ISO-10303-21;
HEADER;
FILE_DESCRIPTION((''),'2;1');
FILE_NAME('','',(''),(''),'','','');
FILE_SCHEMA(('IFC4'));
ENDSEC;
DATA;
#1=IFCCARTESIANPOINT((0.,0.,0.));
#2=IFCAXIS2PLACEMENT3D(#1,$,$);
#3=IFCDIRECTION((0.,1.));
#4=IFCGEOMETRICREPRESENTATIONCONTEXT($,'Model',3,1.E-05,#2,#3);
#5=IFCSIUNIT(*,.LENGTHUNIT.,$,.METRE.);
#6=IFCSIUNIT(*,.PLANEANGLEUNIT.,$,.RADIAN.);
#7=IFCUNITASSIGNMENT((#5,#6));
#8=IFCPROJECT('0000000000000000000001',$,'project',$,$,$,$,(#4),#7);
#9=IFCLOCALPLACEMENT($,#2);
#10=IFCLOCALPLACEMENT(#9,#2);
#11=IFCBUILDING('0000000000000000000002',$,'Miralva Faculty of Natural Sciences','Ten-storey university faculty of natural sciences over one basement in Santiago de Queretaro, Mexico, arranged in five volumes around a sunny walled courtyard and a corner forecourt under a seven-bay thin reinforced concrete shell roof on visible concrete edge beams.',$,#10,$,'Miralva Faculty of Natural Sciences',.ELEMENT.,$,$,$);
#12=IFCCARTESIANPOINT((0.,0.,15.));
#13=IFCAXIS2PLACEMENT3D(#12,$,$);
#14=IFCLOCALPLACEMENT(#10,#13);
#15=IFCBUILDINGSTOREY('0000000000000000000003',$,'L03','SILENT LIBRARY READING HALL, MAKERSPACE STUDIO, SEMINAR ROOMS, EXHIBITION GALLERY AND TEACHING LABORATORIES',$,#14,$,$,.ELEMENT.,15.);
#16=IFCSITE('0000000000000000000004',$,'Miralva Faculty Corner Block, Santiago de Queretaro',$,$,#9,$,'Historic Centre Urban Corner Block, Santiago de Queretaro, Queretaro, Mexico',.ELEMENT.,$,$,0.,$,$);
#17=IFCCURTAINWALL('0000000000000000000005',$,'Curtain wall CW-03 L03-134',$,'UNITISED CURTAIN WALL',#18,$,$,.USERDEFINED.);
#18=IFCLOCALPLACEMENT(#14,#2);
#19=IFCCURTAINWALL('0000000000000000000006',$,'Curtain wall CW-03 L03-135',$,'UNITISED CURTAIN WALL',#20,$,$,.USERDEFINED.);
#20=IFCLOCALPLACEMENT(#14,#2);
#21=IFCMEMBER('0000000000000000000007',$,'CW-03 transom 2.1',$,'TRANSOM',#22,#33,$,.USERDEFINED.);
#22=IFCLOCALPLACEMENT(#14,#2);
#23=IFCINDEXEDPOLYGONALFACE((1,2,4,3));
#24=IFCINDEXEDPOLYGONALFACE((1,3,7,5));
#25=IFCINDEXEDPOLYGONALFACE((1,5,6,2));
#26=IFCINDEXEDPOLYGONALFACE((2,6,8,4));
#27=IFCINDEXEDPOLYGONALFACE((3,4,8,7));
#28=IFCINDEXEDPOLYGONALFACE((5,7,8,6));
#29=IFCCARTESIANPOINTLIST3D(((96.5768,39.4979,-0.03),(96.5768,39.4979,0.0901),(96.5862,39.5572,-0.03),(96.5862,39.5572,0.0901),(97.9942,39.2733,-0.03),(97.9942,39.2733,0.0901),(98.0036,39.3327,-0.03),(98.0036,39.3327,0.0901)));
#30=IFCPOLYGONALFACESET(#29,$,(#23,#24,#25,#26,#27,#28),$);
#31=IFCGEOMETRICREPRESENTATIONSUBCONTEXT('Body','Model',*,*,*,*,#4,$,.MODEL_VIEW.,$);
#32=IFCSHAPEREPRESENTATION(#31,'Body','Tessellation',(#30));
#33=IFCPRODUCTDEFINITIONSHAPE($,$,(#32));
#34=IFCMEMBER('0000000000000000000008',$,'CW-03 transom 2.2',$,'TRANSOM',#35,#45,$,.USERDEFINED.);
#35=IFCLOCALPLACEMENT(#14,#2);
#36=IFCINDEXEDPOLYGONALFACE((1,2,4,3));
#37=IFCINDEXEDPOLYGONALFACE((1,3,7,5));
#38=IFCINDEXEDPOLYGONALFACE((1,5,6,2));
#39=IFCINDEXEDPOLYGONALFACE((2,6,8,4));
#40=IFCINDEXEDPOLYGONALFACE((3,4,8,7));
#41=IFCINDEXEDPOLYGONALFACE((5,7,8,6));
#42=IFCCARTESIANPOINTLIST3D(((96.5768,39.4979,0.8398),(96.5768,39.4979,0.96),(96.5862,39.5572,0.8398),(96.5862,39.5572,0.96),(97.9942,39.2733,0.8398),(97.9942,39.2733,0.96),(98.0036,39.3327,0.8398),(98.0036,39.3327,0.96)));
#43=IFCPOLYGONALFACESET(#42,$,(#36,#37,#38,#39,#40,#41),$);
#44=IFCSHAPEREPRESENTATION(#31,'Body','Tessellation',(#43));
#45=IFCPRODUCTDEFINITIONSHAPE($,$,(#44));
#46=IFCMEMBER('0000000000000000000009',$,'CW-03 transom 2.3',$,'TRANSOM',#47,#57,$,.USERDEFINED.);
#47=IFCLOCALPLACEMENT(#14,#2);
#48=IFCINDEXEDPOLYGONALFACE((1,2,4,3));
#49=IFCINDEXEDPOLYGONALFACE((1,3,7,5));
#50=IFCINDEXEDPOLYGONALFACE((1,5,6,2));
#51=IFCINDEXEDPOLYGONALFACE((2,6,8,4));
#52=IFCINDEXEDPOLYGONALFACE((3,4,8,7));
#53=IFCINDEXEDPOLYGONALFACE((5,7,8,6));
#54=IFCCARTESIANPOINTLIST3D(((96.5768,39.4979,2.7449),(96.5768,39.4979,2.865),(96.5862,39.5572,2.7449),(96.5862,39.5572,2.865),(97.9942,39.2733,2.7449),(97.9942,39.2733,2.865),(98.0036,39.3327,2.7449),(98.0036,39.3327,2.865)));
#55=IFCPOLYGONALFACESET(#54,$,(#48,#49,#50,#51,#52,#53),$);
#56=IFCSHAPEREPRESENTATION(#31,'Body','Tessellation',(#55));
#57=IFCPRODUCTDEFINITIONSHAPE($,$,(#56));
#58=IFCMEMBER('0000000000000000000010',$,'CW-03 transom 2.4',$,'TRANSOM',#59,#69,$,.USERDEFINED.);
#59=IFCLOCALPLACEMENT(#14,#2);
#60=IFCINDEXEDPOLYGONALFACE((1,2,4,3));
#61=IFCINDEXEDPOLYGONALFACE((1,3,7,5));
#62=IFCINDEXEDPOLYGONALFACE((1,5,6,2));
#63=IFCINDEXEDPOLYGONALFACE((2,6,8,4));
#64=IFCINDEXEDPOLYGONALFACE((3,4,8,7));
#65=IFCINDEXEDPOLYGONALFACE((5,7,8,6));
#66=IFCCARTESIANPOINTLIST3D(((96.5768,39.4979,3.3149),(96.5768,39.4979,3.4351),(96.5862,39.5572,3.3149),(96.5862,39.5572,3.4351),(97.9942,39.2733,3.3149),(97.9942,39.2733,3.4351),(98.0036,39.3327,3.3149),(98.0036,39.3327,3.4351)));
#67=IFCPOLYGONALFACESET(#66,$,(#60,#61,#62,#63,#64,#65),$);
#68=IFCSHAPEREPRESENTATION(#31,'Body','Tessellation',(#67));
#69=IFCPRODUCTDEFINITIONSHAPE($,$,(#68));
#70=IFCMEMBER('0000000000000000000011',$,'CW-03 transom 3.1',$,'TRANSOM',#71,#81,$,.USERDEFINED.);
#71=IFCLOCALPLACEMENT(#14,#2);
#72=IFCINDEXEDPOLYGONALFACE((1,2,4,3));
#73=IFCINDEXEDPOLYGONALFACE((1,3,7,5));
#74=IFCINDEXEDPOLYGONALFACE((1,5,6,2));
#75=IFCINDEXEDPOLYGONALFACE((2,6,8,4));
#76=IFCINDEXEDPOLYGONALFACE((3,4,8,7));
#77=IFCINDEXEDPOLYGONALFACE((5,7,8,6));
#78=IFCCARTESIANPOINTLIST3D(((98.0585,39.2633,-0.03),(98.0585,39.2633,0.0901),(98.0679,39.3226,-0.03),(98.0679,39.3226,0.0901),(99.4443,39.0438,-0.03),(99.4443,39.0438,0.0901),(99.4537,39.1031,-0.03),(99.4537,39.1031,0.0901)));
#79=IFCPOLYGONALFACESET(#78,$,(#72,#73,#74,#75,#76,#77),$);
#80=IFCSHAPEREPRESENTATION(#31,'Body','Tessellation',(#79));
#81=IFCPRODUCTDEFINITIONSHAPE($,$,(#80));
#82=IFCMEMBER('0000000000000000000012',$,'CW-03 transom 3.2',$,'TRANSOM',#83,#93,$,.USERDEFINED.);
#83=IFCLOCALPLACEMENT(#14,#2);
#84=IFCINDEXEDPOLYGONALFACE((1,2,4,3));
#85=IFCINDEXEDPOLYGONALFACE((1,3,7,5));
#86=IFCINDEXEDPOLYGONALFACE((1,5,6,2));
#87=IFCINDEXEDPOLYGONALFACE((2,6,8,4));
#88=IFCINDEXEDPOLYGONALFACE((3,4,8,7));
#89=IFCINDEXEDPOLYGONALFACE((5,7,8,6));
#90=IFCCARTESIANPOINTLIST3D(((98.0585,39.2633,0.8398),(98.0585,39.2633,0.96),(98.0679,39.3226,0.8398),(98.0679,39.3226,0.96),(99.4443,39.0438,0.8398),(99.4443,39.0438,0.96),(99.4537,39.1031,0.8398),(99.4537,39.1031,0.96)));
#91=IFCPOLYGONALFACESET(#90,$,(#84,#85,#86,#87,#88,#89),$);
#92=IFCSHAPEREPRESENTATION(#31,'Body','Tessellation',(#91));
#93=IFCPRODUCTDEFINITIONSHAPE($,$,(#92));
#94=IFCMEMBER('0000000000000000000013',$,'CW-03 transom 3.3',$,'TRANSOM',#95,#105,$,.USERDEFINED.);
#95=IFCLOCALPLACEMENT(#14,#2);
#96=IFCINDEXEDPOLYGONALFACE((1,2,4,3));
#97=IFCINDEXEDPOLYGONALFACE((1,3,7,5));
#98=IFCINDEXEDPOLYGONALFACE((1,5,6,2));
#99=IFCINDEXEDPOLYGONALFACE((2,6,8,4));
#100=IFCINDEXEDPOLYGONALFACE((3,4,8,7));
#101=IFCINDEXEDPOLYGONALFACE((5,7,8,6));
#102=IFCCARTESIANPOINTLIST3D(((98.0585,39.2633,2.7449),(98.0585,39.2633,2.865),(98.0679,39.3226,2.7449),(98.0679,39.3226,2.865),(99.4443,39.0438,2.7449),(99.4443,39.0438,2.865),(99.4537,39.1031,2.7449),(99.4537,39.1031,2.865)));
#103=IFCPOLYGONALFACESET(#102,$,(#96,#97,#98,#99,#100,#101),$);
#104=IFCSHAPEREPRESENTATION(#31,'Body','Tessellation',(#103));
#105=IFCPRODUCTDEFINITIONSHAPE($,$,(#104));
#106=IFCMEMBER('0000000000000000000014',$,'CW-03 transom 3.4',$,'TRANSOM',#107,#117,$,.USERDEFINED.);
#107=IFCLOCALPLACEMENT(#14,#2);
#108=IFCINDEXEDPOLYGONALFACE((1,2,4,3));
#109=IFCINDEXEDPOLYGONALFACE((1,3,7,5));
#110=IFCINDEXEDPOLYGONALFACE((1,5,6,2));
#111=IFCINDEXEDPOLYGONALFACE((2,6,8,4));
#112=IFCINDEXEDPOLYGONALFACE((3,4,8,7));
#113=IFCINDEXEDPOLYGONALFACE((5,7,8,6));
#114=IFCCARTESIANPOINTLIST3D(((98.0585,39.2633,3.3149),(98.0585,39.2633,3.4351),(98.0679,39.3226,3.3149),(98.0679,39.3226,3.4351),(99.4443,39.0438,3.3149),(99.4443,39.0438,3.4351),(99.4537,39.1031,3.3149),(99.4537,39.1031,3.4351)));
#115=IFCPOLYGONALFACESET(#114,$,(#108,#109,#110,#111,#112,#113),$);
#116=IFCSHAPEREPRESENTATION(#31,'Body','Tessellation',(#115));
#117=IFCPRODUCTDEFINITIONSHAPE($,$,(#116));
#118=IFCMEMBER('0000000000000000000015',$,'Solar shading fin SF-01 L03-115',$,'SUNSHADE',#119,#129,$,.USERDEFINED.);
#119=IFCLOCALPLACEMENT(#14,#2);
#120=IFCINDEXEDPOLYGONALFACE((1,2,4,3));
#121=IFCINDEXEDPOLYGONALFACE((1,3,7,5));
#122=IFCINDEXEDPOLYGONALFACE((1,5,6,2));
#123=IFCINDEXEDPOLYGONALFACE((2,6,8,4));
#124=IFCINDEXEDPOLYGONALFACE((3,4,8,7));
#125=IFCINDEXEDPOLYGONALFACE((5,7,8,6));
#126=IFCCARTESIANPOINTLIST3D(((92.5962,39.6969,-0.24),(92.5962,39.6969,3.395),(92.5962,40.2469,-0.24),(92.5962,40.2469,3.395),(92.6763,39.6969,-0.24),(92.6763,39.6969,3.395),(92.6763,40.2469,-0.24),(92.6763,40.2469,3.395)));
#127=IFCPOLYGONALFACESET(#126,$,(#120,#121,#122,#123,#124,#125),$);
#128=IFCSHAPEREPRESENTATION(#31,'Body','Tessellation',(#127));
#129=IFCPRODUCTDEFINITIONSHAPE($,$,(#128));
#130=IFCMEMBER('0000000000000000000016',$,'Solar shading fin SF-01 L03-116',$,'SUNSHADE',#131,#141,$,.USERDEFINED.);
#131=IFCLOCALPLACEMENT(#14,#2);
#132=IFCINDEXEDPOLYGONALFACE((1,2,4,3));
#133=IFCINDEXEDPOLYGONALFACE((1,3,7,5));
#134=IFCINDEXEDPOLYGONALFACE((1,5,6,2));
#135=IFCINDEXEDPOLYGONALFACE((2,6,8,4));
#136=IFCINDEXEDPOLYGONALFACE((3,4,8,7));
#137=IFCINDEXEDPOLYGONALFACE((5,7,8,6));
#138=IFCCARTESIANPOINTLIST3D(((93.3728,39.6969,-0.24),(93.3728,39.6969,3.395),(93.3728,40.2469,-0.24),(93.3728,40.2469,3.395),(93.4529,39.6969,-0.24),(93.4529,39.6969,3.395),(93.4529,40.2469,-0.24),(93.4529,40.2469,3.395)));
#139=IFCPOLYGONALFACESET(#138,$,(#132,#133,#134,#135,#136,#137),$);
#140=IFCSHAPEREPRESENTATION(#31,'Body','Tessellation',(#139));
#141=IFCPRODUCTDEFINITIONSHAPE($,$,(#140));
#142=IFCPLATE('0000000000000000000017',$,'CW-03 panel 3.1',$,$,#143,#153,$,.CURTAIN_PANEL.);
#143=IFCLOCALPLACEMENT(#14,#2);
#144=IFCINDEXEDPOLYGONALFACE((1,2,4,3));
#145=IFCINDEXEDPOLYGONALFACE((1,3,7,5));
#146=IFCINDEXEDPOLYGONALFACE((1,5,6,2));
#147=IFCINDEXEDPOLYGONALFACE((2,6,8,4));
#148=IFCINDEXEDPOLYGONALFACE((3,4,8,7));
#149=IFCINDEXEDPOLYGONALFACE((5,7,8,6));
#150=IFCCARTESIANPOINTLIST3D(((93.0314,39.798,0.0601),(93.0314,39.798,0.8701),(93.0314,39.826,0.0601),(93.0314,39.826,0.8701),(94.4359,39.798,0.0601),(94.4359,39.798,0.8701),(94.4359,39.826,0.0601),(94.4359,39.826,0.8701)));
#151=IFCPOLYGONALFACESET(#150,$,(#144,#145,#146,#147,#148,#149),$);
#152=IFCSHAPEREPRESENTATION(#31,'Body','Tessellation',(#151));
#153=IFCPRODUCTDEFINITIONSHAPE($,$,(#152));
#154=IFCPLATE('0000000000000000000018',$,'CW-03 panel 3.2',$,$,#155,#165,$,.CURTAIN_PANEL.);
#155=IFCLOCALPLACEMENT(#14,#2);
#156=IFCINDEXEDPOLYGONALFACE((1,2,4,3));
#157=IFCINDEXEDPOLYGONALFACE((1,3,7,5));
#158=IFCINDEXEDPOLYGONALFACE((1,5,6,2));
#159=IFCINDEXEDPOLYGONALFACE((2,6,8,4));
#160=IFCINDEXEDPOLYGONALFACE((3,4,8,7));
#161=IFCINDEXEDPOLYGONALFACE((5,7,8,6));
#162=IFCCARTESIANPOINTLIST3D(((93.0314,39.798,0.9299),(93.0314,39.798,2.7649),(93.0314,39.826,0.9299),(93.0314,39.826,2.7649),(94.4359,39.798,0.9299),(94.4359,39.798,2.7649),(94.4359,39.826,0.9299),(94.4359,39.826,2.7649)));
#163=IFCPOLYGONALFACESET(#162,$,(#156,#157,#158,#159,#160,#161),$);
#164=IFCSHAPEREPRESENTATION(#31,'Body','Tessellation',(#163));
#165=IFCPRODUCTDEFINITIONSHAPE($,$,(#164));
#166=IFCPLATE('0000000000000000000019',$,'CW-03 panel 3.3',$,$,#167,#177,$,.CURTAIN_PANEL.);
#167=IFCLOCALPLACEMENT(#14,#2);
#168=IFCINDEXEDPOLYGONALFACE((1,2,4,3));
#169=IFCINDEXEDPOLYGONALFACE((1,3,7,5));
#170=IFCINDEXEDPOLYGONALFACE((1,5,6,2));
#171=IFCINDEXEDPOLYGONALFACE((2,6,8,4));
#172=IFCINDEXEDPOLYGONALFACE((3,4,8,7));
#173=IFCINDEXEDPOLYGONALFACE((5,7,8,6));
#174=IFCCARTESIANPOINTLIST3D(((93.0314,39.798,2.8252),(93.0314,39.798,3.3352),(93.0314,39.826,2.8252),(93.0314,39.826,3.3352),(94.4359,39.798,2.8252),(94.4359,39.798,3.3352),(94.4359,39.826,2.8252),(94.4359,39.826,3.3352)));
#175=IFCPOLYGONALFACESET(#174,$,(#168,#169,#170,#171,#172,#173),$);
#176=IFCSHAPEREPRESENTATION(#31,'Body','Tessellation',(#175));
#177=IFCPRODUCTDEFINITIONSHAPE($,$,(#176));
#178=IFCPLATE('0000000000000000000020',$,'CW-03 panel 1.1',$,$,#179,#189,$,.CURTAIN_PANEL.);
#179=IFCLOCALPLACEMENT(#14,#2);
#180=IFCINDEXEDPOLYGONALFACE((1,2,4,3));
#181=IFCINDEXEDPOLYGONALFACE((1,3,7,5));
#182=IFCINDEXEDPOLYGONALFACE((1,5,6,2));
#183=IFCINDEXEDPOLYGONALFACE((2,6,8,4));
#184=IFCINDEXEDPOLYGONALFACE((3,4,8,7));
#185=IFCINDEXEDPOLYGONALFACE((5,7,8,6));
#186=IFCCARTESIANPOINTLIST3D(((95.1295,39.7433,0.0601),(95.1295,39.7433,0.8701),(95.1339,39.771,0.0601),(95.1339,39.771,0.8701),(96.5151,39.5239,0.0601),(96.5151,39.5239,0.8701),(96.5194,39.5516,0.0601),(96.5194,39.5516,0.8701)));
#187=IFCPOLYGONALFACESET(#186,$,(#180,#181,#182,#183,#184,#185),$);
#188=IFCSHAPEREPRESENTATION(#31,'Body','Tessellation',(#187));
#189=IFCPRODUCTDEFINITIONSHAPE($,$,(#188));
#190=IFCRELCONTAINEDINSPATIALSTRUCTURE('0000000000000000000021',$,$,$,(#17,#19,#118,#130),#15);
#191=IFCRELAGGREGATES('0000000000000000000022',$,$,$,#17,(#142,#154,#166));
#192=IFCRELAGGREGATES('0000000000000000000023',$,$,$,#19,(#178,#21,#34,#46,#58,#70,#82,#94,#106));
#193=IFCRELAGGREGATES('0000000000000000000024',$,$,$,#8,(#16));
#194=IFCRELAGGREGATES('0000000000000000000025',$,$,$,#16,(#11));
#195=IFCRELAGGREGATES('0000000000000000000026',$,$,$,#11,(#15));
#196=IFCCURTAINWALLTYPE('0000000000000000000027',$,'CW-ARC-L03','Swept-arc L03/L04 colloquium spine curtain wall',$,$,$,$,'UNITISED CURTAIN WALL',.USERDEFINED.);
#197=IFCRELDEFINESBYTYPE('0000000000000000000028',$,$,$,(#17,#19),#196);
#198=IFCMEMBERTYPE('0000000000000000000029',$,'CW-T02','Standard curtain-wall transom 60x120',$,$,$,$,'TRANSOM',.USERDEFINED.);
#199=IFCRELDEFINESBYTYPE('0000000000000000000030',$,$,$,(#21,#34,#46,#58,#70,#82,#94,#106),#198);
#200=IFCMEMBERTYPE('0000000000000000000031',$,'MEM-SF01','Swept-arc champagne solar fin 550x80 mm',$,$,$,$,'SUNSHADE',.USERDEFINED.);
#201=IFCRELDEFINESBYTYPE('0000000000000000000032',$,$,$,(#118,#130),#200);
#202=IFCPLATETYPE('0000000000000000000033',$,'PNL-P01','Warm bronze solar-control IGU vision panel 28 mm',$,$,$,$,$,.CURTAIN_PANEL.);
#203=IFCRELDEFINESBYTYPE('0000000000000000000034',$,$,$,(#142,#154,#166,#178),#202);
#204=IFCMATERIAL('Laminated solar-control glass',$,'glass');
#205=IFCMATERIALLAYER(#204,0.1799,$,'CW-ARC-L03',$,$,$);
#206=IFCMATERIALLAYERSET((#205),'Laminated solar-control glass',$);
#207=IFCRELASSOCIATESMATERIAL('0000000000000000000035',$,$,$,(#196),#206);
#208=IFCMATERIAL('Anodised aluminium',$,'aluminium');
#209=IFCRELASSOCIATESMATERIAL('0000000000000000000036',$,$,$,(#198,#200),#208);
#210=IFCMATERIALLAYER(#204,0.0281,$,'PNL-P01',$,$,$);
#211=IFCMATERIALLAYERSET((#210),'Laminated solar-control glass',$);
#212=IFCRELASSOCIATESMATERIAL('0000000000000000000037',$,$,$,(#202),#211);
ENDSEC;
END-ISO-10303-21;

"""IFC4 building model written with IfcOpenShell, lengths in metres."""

from ifc_helpers import new_model, si_unit, direction, frame, origin, origin_2d, place, context, subcontext, project, spatial, rectangle, extrude, material, layer, layer_set, material_profile, profile_set, type_object, element, aggregate, save


model = new_model("IFC4")

# Units and contexts
model_context = context("Model", 3, precision=1e-05, world=origin(), true_north=direction((0.0, 1.0)))
body_context = subcontext(model_context, "Body", "Model", "MODEL_VIEW")
ifc_project = project(units=[si_unit("LENGTHUNIT", "METRE"), si_unit("PLANEANGLEUNIT", "RADIAN")], contexts=[model_context])

# Site, building, storey
site_placement = place(None, origin())
site = spatial("IfcSite", under=ifc_project, at=site_placement, Name="Miralva Faculty Corner Block, Santiago de Queretaro", LongName="Historic Centre Urban Corner Block, Santiago de Queretaro, Queretaro, Mexico", CompositionType="ELEMENT", RefElevation=0.0)
building_placement = place(site_placement, origin())
building = spatial("IfcBuilding", under=site, at=building_placement, Name="Miralva Faculty of Natural Sciences", Description="Ten-storey university faculty of natural sciences over one basement in Santiago de Queretaro, Mexico, arranged in five volumes around a sunny walled courtyard and a corner forecourt under a seven-bay thin reinforced concrete shell roof on visible concrete edge beams.", LongName="Miralva Faculty of Natural Sciences", CompositionType="ELEMENT")
storey_placement = place(building_placement, frame((0.0, 0.0, 15.0)))
storey = spatial("IfcBuildingStorey", under=building, at=storey_placement, Name="L03", Description="SILENT LIBRARY READING HALL, MAKERSPACE STUDIO, SEMINAR ROOMS, EXHIBITION GALLERY AND TEACHING LABORATORIES", CompositionType="ELEMENT", Elevation=15.0)

# Curtain walls
ifc_material_1 = material(Name="Laminated solar-control glass", Category="glass")
ifc_layer_1 = layer(ifc_material_1, 0.1799, Name="CW-ARC-L03")
ifc_layer_set_1 = layer_set([ifc_layer_1], Name="Laminated solar-control glass")
curtain_wall_type = type_object("IfcCurtainWallType", Name="CW-ARC-L03", Description="Swept-arc L03/L04 colloquium spine curtain wall", ElementType="UNITISED CURTAIN WALL", PredefinedType="USERDEFINED", material=ifc_layer_set_1)
curtain_wall_1_placement = place(storey_placement, origin())
curtain_wall_1 = element("IfcCurtainWall", 1, at=curtain_wall_1_placement, inside=storey, type_object=curtain_wall_type, Name="Curtain wall CW-03 L03-134", ObjectType="UNITISED CURTAIN WALL", PredefinedType="USERDEFINED")
ifc_material_2 = material(Name="Anodised aluminium", Category="aluminium")
curtain_wall_2_placement = place(storey_placement, origin())
curtain_wall_2 = element("IfcCurtainWall", 2, at=curtain_wall_2_placement, inside=storey, type_object=curtain_wall_type, Name="Curtain wall CW-03 L03-135", ObjectType="UNITISED CURTAIN WALL", PredefinedType="USERDEFINED")

# Members
ifc_material_profile_1 = material_profile(ifc_material_2, rectangle(XDim=0.0601, YDim=0.1201, at=origin_2d()), Name="TRANSOM 60x120")
ifc_profile_set_1 = profile_set([ifc_material_profile_1], Name="Anodised aluminium")
member_type_1 = type_object("IfcMemberType", Name="CW-T02", Description="Standard curtain-wall transom 60x120", ElementType="TRANSOM", PredefinedType="USERDEFINED", material=ifc_profile_set_1)
member_1_placement = place(storey_placement, frame((96.5815, 39.5276, 0.03), z_axis=(0.987677, -0.156504, 0.0), x_axis=(0.156504, 0.987677, 0.0)))
member_1 = element("IfcMember", 3, at=member_1_placement, type_object=member_type_1, Name="CW-03 transom 2.1", ObjectType="TRANSOM", PredefinedType="USERDEFINED", context=body_context, shape_type="SweptSolid", body=[
    extrude(rectangle(XDim=0.0601, YDim=0.1201, at=origin_2d()), origin(), (0.0, 0.0, 1.0), 1.4351),
])
member_2_placement = place(storey_placement, frame((96.5815, 39.5276, 0.8999), z_axis=(0.987677, -0.156504, 0.0), x_axis=(0.156504, 0.987677, 0.0)))
member_2 = element("IfcMember", 4, at=member_2_placement, type_object=member_type_1, Name="CW-03 transom 2.2", ObjectType="TRANSOM", PredefinedType="USERDEFINED", context=body_context, shape_type="SweptSolid", body=[
    extrude(rectangle(XDim=0.0601, YDim=0.1201, at=origin_2d()), origin(), (0.0, 0.0, 1.0), 1.4351),
])
member_3_placement = place(storey_placement, frame((96.5815, 39.5276, 2.8049), z_axis=(0.987677, -0.156504, 0.0), x_axis=(0.156504, 0.987677, 0.0)))
member_3 = element("IfcMember", 5, at=member_3_placement, type_object=member_type_1, Name="CW-03 transom 2.3", ObjectType="TRANSOM", PredefinedType="USERDEFINED", context=body_context, shape_type="SweptSolid", body=[
    extrude(rectangle(XDim=0.0601, YDim=0.1201, at=origin_2d()), origin(), (0.0, 0.0, 1.0), 1.4351),
])
member_4_placement = place(storey_placement, frame((96.5815, 39.5276, 3.375), z_axis=(0.987677, -0.156504, 0.0), x_axis=(0.156504, 0.987677, 0.0)))
member_4 = element("IfcMember", 6, at=member_4_placement, type_object=member_type_1, Name="CW-03 transom 2.4", ObjectType="TRANSOM", PredefinedType="USERDEFINED", context=body_context, shape_type="SweptSolid", body=[
    extrude(rectangle(XDim=0.0601, YDim=0.1201, at=origin_2d()), origin(), (0.0, 0.0, 1.0), 1.4351),
])
member_5_placement = place(storey_placement, frame((98.0632, 39.293, 0.03), z_axis=(0.987688, -0.156436, 0.0), x_axis=(0.156436, 0.987688, 0.0)))
member_5 = element("IfcMember", 7, at=member_5_placement, type_object=member_type_1, Name="CW-03 transom 3.1", ObjectType="TRANSOM", PredefinedType="USERDEFINED", context=body_context, shape_type="SweptSolid", body=[
    extrude(rectangle(XDim=0.0601, YDim=0.1201, at=origin_2d()), origin(), (0.0, 0.0, 1.0), 1.4031),
])
member_6_placement = place(storey_placement, frame((98.0632, 39.293, 0.8999), z_axis=(0.987688, -0.156436, 0.0), x_axis=(0.156436, 0.987688, 0.0)))
member_6 = element("IfcMember", 8, at=member_6_placement, type_object=member_type_1, Name="CW-03 transom 3.2", ObjectType="TRANSOM", PredefinedType="USERDEFINED", context=body_context, shape_type="SweptSolid", body=[
    extrude(rectangle(XDim=0.0601, YDim=0.1201, at=origin_2d()), origin(), (0.0, 0.0, 1.0), 1.4031),
])
member_7_placement = place(storey_placement, frame((98.0632, 39.293, 2.8049), z_axis=(0.987688, -0.156436, 0.0), x_axis=(0.156436, 0.987688, 0.0)))
member_7 = element("IfcMember", 9, at=member_7_placement, type_object=member_type_1, Name="CW-03 transom 3.3", ObjectType="TRANSOM", PredefinedType="USERDEFINED", context=body_context, shape_type="SweptSolid", body=[
    extrude(rectangle(XDim=0.0601, YDim=0.1201, at=origin_2d()), origin(), (0.0, 0.0, 1.0), 1.4031),
])
member_8_placement = place(storey_placement, frame((98.0632, 39.293, 3.375), z_axis=(0.987688, -0.156436, 0.0), x_axis=(0.156436, 0.987688, 0.0)))
member_8 = element("IfcMember", 10, at=member_8_placement, type_object=member_type_1, Name="CW-03 transom 3.4", ObjectType="TRANSOM", PredefinedType="USERDEFINED", context=body_context, shape_type="SweptSolid", body=[
    extrude(rectangle(XDim=0.0601, YDim=0.1201, at=origin_2d()), origin(), (0.0, 0.0, 1.0), 1.4031),
])

# Members
ifc_material_profile_2 = material_profile(ifc_material_2, rectangle(XDim=0.0801, YDim=0.55, at=origin_2d()), Name="FIN 550x80")
ifc_profile_set_2 = profile_set([ifc_material_profile_2], Name="Anodised aluminium")
member_type_2 = type_object("IfcMemberType", Name="MEM-SF01", Description="Swept-arc champagne solar fin 550x80 mm", ElementType="SUNSHADE", PredefinedType="USERDEFINED", material=ifc_profile_set_2)
for number, where, z_axis, x_axis, name in (
    (11, (92.6362, 39.9719, -0.24), (0.0, 0.0, 1.0), (-1.0, 0.0, 0.0), "Solar shading fin SF-01 L03-115"),
    (12, (93.4128, 39.9719, -0.24), (0.0, 0.0, 1.0), (-1.0, 0.0, 0.0), "Solar shading fin SF-01 L03-116"),
):
    element("IfcMember", number, at=place(storey_placement, frame(where, z_axis=z_axis, x_axis=x_axis)), inside=storey, type_object=member_type_2, Name=name, ObjectType="SUNSHADE", PredefinedType="USERDEFINED", context=body_context, shape_type="SweptSolid", body=[
        extrude(rectangle(XDim=0.0801, YDim=0.55, at=origin_2d()), origin(), (0.0, 0.0, 1.0), 3.635),
    ])

# Plates
ifc_layer_2 = layer(ifc_material_1, 0.0281, Name="PNL-P01")
ifc_layer_set_2 = layer_set([ifc_layer_2], Name="Laminated solar-control glass")
plate_type = type_object("IfcPlateType", Name="PNL-P01", Description="Warm bronze solar-control IGU vision panel 28 mm", PredefinedType="CURTAIN_PANEL", material=ifc_layer_set_2)
plate_1_placement = place(storey_placement, frame((93.7336, 39.812, 0.0601), z_axis=(0.0, 0.0, 1.0), x_axis=(1.0, 0.0, 0.0)))
plate_1 = element("IfcPlate", 13, at=plate_1_placement, type_object=plate_type, Name="CW-03 panel 3.1", PredefinedType="CURTAIN_PANEL", context=body_context, shape_type="SweptSolid", body=[
    extrude(rectangle(XDim=1.4045, YDim=0.0281, at=origin_2d()), origin(), (0.0, 0.0, 1.0), 0.8101),
])
plate_2_placement = place(storey_placement, frame((93.7336, 39.812, 0.9299), z_axis=(0.0, 0.0, 1.0), x_axis=(1.0, 0.0, 0.0)))
plate_2 = element("IfcPlate", 14, at=plate_2_placement, type_object=plate_type, Name="CW-03 panel 3.2", PredefinedType="CURTAIN_PANEL", context=body_context, shape_type="SweptSolid", body=[
    extrude(rectangle(XDim=1.4045, YDim=0.0281, at=origin_2d()), origin(), (0.0, 0.0, 1.0), 1.835),
])
plate_3_placement = place(storey_placement, frame((93.7336, 39.812, 2.8252), z_axis=(0.0, 0.0, 1.0), x_axis=(1.0, 0.0, 0.0)))
plate_3 = element("IfcPlate", 15, at=plate_3_placement, type_object=plate_type, Name="CW-03 panel 3.3", PredefinedType="CURTAIN_PANEL", context=body_context, shape_type="SweptSolid", body=[
    extrude(rectangle(XDim=1.4045, YDim=0.0281, at=origin_2d()), origin(), (0.0, 0.0, 1.0), 0.51),
])
aggregate(curtain_wall_1, [plate_1, plate_2, plate_3])
plate_4_placement = place(storey_placement, frame((95.8245, 39.6475, 0.0601), z_axis=(0.0, 0.0, 1.0), x_axis=(0.987692, -0.15641, 0.0)))
plate_4 = element("IfcPlate", 16, at=plate_4_placement, type_object=plate_type, Name="CW-03 panel 1.1", PredefinedType="CURTAIN_PANEL", context=body_context, shape_type="SweptSolid", body=[
    extrude(rectangle(XDim=1.4028, YDim=0.0281, at=origin_2d()), origin(), (0.0, 0.0, 1.0), 0.8101),
])
aggregate(curtain_wall_2, [plate_4, member_1, member_2, member_3, member_4, member_5, member_6, member_7, member_8])

save(model, "model.ifc")
